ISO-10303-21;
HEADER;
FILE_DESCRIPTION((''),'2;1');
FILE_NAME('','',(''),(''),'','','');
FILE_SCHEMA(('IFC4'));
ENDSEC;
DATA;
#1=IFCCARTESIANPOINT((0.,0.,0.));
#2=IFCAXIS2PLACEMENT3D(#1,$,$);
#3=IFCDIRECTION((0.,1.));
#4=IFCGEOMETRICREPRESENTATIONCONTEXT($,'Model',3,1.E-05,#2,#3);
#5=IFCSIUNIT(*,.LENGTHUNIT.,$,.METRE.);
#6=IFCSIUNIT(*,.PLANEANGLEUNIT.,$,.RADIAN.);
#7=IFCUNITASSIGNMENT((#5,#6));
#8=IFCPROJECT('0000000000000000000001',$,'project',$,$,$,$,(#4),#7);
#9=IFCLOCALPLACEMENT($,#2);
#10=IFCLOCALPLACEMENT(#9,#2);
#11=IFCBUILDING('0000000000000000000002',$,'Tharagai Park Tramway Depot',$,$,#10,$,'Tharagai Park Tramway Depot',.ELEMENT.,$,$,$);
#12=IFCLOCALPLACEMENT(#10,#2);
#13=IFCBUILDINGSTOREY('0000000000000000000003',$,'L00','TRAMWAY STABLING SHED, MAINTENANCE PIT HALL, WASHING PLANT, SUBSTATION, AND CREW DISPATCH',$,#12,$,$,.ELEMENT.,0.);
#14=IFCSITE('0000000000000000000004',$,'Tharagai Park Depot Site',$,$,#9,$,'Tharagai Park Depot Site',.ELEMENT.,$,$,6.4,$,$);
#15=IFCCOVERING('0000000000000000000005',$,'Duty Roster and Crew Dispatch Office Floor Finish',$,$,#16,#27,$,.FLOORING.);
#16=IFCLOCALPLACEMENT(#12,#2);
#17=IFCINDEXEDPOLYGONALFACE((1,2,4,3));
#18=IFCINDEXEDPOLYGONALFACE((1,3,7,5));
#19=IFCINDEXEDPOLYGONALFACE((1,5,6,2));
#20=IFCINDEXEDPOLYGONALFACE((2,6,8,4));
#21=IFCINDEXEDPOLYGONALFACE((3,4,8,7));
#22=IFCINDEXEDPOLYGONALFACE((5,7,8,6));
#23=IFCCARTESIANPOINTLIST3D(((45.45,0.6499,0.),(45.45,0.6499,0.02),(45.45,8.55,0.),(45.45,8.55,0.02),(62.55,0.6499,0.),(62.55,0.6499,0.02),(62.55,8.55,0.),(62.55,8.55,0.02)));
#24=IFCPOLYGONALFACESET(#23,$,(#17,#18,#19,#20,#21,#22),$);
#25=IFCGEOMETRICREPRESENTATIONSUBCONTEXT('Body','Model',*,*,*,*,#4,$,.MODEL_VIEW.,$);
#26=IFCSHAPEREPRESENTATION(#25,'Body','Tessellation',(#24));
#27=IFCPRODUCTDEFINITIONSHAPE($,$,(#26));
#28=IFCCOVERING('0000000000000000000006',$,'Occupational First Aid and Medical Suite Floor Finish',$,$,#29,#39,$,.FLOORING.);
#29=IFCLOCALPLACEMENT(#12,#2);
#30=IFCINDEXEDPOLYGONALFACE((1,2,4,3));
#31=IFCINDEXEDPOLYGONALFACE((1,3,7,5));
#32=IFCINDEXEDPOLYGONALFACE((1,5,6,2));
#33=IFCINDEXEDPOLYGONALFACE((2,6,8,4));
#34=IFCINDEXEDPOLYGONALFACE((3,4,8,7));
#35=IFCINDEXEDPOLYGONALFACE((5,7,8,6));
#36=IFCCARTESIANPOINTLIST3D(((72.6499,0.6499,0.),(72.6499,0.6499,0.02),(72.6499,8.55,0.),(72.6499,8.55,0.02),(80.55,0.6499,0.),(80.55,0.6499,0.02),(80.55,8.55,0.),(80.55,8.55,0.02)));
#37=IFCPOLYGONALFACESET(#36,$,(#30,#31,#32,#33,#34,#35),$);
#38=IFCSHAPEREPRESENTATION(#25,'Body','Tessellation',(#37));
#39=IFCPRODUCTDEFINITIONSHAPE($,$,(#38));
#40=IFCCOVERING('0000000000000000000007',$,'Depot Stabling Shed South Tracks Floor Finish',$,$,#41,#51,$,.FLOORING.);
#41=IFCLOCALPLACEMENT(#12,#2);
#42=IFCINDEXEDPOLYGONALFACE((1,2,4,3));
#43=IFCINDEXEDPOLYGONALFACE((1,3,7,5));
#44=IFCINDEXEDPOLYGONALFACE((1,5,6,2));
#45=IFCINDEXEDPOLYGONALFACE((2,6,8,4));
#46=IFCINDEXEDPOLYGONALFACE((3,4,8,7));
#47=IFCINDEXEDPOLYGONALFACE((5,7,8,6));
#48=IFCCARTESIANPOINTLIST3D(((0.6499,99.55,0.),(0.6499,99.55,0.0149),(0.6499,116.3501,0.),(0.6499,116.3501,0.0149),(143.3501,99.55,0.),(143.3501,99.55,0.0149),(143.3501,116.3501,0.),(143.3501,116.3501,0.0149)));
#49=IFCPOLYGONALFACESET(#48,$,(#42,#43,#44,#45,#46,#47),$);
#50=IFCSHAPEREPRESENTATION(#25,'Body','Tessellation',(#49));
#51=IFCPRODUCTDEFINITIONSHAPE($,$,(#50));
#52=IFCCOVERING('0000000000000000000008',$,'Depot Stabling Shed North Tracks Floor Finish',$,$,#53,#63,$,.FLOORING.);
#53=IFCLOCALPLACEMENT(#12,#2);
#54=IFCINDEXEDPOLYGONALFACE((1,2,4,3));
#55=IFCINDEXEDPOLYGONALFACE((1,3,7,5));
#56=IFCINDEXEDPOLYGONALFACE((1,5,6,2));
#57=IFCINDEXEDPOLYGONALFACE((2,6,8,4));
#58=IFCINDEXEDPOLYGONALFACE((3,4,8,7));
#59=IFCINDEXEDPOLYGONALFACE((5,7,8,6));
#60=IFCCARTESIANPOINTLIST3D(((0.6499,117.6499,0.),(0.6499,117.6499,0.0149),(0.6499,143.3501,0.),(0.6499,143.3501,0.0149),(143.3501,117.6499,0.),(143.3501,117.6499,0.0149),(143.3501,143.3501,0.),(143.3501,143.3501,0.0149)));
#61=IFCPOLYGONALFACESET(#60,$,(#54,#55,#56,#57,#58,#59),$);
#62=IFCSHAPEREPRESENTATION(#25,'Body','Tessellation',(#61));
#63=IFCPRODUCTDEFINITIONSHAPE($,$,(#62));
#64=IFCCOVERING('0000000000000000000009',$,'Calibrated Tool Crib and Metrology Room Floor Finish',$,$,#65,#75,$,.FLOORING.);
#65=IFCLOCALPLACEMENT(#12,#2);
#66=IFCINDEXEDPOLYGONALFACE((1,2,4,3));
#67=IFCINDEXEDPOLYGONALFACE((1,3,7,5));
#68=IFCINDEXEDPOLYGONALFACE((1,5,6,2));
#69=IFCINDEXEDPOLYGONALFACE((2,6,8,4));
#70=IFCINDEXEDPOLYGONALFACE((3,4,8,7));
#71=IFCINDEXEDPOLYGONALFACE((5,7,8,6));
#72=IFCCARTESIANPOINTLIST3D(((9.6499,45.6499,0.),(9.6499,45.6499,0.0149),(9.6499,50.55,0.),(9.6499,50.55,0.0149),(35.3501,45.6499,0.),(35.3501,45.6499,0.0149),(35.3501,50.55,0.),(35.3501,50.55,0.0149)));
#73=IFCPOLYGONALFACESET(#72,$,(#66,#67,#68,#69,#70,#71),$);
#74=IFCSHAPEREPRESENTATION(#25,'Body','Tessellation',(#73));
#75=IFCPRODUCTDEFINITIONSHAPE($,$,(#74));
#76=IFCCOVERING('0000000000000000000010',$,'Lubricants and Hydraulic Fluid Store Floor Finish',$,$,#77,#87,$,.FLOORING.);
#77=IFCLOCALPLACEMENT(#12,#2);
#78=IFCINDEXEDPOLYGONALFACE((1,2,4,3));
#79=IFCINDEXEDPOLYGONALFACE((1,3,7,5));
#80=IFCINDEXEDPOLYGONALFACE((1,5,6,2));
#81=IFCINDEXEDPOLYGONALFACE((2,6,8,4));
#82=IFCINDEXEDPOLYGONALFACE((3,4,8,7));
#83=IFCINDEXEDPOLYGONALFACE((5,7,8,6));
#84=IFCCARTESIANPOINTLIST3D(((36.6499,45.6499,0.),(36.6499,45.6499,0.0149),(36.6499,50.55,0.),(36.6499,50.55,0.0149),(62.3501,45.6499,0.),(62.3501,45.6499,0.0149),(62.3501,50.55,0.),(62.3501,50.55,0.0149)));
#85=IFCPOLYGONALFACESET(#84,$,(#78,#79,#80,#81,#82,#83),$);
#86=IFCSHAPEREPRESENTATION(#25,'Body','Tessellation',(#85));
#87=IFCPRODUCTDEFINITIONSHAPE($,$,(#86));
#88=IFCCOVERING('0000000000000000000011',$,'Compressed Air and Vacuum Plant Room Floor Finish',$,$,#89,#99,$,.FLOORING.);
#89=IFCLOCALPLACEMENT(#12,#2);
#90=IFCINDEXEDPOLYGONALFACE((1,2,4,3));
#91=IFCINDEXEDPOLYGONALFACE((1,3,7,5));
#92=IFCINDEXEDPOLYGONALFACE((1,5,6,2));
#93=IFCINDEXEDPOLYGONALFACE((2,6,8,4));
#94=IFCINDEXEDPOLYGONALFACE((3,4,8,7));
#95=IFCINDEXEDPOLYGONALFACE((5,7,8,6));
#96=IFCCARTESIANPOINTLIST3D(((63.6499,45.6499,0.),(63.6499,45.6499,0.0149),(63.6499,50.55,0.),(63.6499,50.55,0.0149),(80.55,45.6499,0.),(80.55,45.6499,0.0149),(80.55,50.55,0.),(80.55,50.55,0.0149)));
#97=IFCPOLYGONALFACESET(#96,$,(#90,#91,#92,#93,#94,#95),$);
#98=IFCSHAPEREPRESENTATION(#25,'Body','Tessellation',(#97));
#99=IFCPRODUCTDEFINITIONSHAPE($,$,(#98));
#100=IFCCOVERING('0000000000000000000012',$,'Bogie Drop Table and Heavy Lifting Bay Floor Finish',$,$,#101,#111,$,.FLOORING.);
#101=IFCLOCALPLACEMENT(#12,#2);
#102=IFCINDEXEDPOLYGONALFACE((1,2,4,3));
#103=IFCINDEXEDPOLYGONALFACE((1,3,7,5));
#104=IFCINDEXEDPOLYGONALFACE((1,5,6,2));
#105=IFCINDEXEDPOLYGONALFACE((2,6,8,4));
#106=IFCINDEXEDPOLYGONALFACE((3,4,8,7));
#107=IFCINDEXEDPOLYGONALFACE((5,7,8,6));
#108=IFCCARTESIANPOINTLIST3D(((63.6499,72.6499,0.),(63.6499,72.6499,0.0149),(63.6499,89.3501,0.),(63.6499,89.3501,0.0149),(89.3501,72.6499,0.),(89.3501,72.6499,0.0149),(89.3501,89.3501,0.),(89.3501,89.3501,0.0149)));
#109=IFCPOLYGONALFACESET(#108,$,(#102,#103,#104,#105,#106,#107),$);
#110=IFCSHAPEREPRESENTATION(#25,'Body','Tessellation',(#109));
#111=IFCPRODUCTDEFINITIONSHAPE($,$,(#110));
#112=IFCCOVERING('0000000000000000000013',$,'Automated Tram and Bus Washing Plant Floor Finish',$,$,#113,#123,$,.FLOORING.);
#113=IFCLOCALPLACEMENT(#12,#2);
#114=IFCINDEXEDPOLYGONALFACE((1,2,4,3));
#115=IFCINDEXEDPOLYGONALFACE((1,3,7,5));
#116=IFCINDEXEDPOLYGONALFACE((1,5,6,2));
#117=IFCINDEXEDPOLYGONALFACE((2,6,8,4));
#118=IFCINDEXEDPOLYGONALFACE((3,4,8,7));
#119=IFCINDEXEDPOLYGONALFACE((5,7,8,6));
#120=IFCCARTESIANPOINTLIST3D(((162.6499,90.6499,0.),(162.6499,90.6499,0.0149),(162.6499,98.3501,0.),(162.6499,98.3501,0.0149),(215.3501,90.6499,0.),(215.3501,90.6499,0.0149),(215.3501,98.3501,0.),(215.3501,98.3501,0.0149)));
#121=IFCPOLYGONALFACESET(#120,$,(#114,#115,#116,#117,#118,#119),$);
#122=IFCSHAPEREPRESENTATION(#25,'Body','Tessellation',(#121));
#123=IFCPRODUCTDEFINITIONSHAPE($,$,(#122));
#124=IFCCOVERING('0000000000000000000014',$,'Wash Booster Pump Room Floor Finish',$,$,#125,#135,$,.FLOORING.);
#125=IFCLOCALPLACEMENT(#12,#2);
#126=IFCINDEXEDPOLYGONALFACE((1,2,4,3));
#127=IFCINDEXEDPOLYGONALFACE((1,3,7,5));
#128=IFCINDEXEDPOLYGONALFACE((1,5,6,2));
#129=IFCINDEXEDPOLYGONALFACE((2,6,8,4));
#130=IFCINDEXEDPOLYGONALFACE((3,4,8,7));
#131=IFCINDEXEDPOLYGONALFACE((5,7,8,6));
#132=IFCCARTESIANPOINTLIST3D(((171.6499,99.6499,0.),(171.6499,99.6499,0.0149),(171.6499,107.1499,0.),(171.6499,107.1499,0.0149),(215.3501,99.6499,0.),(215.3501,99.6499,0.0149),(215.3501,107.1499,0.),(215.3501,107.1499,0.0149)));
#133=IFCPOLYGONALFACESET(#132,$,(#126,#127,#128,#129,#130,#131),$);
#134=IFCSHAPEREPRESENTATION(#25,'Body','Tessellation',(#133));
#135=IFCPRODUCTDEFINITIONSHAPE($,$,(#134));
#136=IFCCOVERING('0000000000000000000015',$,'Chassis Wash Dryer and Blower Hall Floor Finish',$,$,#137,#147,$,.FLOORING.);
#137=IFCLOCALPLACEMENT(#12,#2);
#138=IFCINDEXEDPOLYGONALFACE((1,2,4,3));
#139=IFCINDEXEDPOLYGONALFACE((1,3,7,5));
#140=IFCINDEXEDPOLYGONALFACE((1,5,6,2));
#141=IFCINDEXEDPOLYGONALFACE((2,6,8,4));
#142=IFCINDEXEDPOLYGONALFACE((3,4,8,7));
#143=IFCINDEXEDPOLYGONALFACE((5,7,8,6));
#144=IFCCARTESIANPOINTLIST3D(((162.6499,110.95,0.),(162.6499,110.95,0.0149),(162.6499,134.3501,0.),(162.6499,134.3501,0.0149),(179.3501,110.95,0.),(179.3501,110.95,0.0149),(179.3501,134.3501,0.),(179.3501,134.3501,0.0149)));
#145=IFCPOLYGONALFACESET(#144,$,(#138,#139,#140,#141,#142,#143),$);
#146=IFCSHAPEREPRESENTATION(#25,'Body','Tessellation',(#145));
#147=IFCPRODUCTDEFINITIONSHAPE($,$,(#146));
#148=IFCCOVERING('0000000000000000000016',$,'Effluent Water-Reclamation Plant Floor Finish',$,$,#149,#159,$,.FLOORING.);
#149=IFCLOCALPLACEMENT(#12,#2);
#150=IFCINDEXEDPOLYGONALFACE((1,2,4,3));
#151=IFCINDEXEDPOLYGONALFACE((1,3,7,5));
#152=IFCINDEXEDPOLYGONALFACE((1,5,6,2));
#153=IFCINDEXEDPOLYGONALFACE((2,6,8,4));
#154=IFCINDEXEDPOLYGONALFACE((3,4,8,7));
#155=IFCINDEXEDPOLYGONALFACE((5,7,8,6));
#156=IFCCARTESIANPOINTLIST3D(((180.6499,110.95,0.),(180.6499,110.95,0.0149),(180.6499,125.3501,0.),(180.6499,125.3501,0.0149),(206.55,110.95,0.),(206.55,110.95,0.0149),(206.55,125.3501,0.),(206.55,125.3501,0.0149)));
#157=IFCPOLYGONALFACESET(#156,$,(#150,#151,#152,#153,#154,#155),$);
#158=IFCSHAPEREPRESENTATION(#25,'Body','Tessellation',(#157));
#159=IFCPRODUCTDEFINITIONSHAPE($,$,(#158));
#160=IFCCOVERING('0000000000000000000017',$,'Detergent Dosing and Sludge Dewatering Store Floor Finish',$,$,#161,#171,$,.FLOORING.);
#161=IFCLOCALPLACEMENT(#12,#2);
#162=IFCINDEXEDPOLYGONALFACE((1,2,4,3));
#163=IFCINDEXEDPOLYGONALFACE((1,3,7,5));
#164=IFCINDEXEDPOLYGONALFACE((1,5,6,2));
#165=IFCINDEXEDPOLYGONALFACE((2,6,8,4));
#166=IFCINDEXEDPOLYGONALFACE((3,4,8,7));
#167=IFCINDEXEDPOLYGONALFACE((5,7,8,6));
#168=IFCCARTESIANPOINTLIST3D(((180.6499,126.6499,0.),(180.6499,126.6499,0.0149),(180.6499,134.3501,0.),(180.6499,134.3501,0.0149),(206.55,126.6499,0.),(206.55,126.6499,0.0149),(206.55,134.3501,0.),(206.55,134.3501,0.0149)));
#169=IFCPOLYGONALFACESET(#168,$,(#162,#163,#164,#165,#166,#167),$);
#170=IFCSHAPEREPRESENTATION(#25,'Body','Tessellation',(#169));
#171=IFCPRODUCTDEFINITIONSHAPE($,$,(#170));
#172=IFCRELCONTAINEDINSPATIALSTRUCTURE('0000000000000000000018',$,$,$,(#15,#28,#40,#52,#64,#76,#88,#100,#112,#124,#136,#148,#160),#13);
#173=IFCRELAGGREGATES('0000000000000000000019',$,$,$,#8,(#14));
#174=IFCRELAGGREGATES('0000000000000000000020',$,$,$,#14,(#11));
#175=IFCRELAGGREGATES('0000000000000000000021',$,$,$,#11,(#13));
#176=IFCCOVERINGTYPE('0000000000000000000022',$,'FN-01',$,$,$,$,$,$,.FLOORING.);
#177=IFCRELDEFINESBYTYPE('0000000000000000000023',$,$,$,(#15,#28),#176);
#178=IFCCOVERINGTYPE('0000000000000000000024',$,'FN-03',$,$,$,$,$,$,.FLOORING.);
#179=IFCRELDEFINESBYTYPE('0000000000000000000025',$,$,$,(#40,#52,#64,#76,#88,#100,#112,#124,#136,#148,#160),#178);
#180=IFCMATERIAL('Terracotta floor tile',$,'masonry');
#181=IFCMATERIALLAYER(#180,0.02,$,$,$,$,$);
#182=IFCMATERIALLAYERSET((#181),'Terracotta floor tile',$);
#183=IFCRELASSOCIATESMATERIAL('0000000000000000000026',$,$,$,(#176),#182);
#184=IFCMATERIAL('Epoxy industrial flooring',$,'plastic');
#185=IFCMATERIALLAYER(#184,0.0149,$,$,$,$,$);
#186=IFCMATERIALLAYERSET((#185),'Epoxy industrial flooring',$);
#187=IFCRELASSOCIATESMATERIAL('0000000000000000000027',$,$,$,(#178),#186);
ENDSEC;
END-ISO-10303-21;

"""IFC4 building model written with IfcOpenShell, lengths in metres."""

from ifc_helpers import new_model, si_unit, direction, origin, place, context, subcontext, project, spatial, polyline, outline, extrude, material, layer, layer_set, type_object, element, save


model = new_model("IFC4")

# Units and contexts
model_context = context("Model", 3, precision=1e-05, world=origin(), true_north=direction((0.0, 1.0)))
body_context = subcontext(model_context, "Body", "Model", "MODEL_VIEW")
ifc_project = project(units=[si_unit("LENGTHUNIT", "METRE"), si_unit("PLANEANGLEUNIT", "RADIAN")], contexts=[model_context])

# Site, building, storey
site_placement = place(None, origin())
site = spatial("IfcSite", under=ifc_project, at=site_placement, Name="Tharagai Park Depot Site", LongName="Tharagai Park Depot Site", CompositionType="ELEMENT", RefElevation=6.4)
building_placement = place(site_placement, origin())
building = spatial("IfcBuilding", under=site, at=building_placement, Name="Tharagai Park Tramway Depot", LongName="Tharagai Park Tramway Depot", CompositionType="ELEMENT")
storey_placement = place(building_placement, origin())
storey = spatial("IfcBuildingStorey", under=building, at=storey_placement, Name="L00", Description="TRAMWAY STABLING SHED, MAINTENANCE PIT HALL, WASHING PLANT, SUBSTATION, AND CREW DISPATCH", CompositionType="ELEMENT", Elevation=0.0)

# Coverings
ifc_material_1 = material(Name="Terracotta floor tile", Category="masonry")
ifc_layer_1 = layer(ifc_material_1, 0.02)
ifc_layer_set_1 = layer_set([ifc_layer_1], Name="Terracotta floor tile")
covering_type_1 = type_object("IfcCoveringType", Name="FN-01", PredefinedType="FLOORING", material=ifc_layer_set_1)
covering_1_placement = place(storey_placement, origin())
element("IfcCovering", 1, at=covering_1_placement, inside=storey, type_object=covering_type_1, Name="Duty Roster and Crew Dispatch Office Floor Finish", PredefinedType="FLOORING", context=body_context, shape_type="SweptSolid", body=[
    extrude(outline(polyline([(45.45, 0.6499), (62.55, 0.6499), (62.55, 8.55), (45.45, 8.55), (45.45, 0.6499)])), origin(), (0.0, 0.0, 1.0), 0.02),
])
covering_2_placement = place(storey_placement, origin())
element("IfcCovering", 2, at=covering_2_placement, inside=storey, type_object=covering_type_1, Name="Occupational First Aid and Medical Suite Floor Finish", PredefinedType="FLOORING", context=body_context, shape_type="SweptSolid", body=[
    extrude(outline(polyline([(72.6499, 0.6499), (80.55, 0.6499), (80.55, 8.55), (72.6499, 8.55), (72.6499, 0.6499)])), origin(), (0.0, 0.0, 1.0), 0.02),
])
ifc_material_2 = material(Name="Epoxy industrial flooring", Category="plastic")
ifc_layer_2 = layer(ifc_material_2, 0.0149)
ifc_layer_set_2 = layer_set([ifc_layer_2], Name="Epoxy industrial flooring")
covering_type_2 = type_object("IfcCoveringType", Name="FN-03", PredefinedType="FLOORING", material=ifc_layer_set_2)
covering_3_placement = place(storey_placement, origin())
element("IfcCovering", 3, at=covering_3_placement, inside=storey, type_object=covering_type_2, Name="Depot Stabling Shed South Tracks Floor Finish", PredefinedType="FLOORING", context=body_context, shape_type="SweptSolid", body=[
    extrude(outline(polyline([(0.6499, 99.55), (143.3501, 99.55), (143.3501, 116.3501), (0.6499, 116.3501), (0.6499, 99.55)])), origin(), (0.0, 0.0, 1.0), 0.0149),
])
covering_4_placement = place(storey_placement, origin())
element("IfcCovering", 4, at=covering_4_placement, inside=storey, type_object=covering_type_2, Name="Depot Stabling Shed North Tracks Floor Finish", PredefinedType="FLOORING", context=body_context, shape_type="SweptSolid", body=[
    extrude(outline(polyline([(0.6499, 117.6499), (143.3501, 117.6499), (143.3501, 143.3501), (0.6499, 143.3501), (0.6499, 117.6499)])), origin(), (0.0, 0.0, 1.0), 0.0149),
])
covering_5_placement = place(storey_placement, origin())
element("IfcCovering", 5, at=covering_5_placement, inside=storey, type_object=covering_type_2, Name="Calibrated Tool Crib and Metrology Room Floor Finish", PredefinedType="FLOORING", context=body_context, shape_type="SweptSolid", body=[
    extrude(outline(polyline([(9.6499, 45.6499), (35.3501, 45.6499), (35.3501, 50.55), (9.6499, 50.55), (9.6499, 45.6499)])), origin(), (0.0, 0.0, 1.0), 0.0149),
])
covering_6_placement = place(storey_placement, origin())
element("IfcCovering", 6, at=covering_6_placement, inside=storey, type_object=covering_type_2, Name="Lubricants and Hydraulic Fluid Store Floor Finish", PredefinedType="FLOORING", context=body_context, shape_type="SweptSolid", body=[
    extrude(outline(polyline([(36.6499, 45.6499), (62.3501, 45.6499), (62.3501, 50.55), (36.6499, 50.55), (36.6499, 45.6499)])), origin(), (0.0, 0.0, 1.0), 0.0149),
])
covering_7_placement = place(storey_placement, origin())
element("IfcCovering", 7, at=covering_7_placement, inside=storey, type_object=covering_type_2, Name="Compressed Air and Vacuum Plant Room Floor Finish", PredefinedType="FLOORING", context=body_context, shape_type="SweptSolid", body=[
    extrude(outline(polyline([(63.6499, 45.6499), (80.55, 45.6499), (80.55, 50.55), (63.6499, 50.55), (63.6499, 45.6499)])), origin(), (0.0, 0.0, 1.0), 0.0149),
])
covering_8_placement = place(storey_placement, origin())
element("IfcCovering", 8, at=covering_8_placement, inside=storey, type_object=covering_type_2, Name="Bogie Drop Table and Heavy Lifting Bay Floor Finish", PredefinedType="FLOORING", context=body_context, shape_type="SweptSolid", body=[
    extrude(outline(polyline([(63.6499, 72.6499), (89.3501, 72.6499), (89.3501, 89.3501), (63.6499, 89.3501), (63.6499, 72.6499)])), origin(), (0.0, 0.0, 1.0), 0.0149),
])
covering_9_placement = place(storey_placement, origin())
element("IfcCovering", 9, at=covering_9_placement, inside=storey, type_object=covering_type_2, Name="Automated Tram and Bus Washing Plant Floor Finish", PredefinedType="FLOORING", context=body_context, shape_type="SweptSolid", body=[
    extrude(outline(polyline([(162.6499, 90.6499), (215.3501, 90.6499), (215.3501, 98.3501), (162.6499, 98.3501), (162.6499, 90.6499)])), origin(), (0.0, 0.0, 1.0), 0.0149),
])
covering_10_placement = place(storey_placement, origin())
element("IfcCovering", 10, at=covering_10_placement, inside=storey, type_object=covering_type_2, Name="Wash Booster Pump Room Floor Finish", PredefinedType="FLOORING", context=body_context, shape_type="SweptSolid", body=[
    extrude(outline(polyline([(171.6499, 99.6499), (215.3501, 99.6499), (215.3501, 107.1499), (171.6499, 107.1499), (171.6499, 99.6499)])), origin(), (0.0, 0.0, 1.0), 0.0149),
])
covering_11_placement = place(storey_placement, origin())
element("IfcCovering", 11, at=covering_11_placement, inside=storey, type_object=covering_type_2, Name="Chassis Wash Dryer and Blower Hall Floor Finish", PredefinedType="FLOORING", context=body_context, shape_type="SweptSolid", body=[
    extrude(outline(polyline([(162.6499, 110.95), (179.3501, 110.95), (179.3501, 134.3501), (162.6499, 134.3501), (162.6499, 110.95)])), origin(), (0.0, 0.0, 1.0), 0.0149),
])
covering_12_placement = place(storey_placement, origin())
element("IfcCovering", 12, at=covering_12_placement, inside=storey, type_object=covering_type_2, Name="Effluent Water-Reclamation Plant Floor Finish", PredefinedType="FLOORING", context=body_context, shape_type="SweptSolid", body=[
    extrude(outline(polyline([(180.6499, 110.95), (206.55, 110.95), (206.55, 125.3501), (180.6499, 125.3501), (180.6499, 110.95)])), origin(), (0.0, 0.0, 1.0), 0.0149),
])
covering_13_placement = place(storey_placement, origin())
element("IfcCovering", 13, at=covering_13_placement, inside=storey, type_object=covering_type_2, Name="Detergent Dosing and Sludge Dewatering Store Floor Finish", PredefinedType="FLOORING", context=body_context, shape_type="SweptSolid", body=[
    extrude(outline(polyline([(180.6499, 126.6499), (206.55, 126.6499), (206.55, 134.3501), (180.6499, 134.3501), (180.6499, 126.6499)])), origin(), (0.0, 0.0, 1.0), 0.0149),
])

save(model, "model.ifc")
